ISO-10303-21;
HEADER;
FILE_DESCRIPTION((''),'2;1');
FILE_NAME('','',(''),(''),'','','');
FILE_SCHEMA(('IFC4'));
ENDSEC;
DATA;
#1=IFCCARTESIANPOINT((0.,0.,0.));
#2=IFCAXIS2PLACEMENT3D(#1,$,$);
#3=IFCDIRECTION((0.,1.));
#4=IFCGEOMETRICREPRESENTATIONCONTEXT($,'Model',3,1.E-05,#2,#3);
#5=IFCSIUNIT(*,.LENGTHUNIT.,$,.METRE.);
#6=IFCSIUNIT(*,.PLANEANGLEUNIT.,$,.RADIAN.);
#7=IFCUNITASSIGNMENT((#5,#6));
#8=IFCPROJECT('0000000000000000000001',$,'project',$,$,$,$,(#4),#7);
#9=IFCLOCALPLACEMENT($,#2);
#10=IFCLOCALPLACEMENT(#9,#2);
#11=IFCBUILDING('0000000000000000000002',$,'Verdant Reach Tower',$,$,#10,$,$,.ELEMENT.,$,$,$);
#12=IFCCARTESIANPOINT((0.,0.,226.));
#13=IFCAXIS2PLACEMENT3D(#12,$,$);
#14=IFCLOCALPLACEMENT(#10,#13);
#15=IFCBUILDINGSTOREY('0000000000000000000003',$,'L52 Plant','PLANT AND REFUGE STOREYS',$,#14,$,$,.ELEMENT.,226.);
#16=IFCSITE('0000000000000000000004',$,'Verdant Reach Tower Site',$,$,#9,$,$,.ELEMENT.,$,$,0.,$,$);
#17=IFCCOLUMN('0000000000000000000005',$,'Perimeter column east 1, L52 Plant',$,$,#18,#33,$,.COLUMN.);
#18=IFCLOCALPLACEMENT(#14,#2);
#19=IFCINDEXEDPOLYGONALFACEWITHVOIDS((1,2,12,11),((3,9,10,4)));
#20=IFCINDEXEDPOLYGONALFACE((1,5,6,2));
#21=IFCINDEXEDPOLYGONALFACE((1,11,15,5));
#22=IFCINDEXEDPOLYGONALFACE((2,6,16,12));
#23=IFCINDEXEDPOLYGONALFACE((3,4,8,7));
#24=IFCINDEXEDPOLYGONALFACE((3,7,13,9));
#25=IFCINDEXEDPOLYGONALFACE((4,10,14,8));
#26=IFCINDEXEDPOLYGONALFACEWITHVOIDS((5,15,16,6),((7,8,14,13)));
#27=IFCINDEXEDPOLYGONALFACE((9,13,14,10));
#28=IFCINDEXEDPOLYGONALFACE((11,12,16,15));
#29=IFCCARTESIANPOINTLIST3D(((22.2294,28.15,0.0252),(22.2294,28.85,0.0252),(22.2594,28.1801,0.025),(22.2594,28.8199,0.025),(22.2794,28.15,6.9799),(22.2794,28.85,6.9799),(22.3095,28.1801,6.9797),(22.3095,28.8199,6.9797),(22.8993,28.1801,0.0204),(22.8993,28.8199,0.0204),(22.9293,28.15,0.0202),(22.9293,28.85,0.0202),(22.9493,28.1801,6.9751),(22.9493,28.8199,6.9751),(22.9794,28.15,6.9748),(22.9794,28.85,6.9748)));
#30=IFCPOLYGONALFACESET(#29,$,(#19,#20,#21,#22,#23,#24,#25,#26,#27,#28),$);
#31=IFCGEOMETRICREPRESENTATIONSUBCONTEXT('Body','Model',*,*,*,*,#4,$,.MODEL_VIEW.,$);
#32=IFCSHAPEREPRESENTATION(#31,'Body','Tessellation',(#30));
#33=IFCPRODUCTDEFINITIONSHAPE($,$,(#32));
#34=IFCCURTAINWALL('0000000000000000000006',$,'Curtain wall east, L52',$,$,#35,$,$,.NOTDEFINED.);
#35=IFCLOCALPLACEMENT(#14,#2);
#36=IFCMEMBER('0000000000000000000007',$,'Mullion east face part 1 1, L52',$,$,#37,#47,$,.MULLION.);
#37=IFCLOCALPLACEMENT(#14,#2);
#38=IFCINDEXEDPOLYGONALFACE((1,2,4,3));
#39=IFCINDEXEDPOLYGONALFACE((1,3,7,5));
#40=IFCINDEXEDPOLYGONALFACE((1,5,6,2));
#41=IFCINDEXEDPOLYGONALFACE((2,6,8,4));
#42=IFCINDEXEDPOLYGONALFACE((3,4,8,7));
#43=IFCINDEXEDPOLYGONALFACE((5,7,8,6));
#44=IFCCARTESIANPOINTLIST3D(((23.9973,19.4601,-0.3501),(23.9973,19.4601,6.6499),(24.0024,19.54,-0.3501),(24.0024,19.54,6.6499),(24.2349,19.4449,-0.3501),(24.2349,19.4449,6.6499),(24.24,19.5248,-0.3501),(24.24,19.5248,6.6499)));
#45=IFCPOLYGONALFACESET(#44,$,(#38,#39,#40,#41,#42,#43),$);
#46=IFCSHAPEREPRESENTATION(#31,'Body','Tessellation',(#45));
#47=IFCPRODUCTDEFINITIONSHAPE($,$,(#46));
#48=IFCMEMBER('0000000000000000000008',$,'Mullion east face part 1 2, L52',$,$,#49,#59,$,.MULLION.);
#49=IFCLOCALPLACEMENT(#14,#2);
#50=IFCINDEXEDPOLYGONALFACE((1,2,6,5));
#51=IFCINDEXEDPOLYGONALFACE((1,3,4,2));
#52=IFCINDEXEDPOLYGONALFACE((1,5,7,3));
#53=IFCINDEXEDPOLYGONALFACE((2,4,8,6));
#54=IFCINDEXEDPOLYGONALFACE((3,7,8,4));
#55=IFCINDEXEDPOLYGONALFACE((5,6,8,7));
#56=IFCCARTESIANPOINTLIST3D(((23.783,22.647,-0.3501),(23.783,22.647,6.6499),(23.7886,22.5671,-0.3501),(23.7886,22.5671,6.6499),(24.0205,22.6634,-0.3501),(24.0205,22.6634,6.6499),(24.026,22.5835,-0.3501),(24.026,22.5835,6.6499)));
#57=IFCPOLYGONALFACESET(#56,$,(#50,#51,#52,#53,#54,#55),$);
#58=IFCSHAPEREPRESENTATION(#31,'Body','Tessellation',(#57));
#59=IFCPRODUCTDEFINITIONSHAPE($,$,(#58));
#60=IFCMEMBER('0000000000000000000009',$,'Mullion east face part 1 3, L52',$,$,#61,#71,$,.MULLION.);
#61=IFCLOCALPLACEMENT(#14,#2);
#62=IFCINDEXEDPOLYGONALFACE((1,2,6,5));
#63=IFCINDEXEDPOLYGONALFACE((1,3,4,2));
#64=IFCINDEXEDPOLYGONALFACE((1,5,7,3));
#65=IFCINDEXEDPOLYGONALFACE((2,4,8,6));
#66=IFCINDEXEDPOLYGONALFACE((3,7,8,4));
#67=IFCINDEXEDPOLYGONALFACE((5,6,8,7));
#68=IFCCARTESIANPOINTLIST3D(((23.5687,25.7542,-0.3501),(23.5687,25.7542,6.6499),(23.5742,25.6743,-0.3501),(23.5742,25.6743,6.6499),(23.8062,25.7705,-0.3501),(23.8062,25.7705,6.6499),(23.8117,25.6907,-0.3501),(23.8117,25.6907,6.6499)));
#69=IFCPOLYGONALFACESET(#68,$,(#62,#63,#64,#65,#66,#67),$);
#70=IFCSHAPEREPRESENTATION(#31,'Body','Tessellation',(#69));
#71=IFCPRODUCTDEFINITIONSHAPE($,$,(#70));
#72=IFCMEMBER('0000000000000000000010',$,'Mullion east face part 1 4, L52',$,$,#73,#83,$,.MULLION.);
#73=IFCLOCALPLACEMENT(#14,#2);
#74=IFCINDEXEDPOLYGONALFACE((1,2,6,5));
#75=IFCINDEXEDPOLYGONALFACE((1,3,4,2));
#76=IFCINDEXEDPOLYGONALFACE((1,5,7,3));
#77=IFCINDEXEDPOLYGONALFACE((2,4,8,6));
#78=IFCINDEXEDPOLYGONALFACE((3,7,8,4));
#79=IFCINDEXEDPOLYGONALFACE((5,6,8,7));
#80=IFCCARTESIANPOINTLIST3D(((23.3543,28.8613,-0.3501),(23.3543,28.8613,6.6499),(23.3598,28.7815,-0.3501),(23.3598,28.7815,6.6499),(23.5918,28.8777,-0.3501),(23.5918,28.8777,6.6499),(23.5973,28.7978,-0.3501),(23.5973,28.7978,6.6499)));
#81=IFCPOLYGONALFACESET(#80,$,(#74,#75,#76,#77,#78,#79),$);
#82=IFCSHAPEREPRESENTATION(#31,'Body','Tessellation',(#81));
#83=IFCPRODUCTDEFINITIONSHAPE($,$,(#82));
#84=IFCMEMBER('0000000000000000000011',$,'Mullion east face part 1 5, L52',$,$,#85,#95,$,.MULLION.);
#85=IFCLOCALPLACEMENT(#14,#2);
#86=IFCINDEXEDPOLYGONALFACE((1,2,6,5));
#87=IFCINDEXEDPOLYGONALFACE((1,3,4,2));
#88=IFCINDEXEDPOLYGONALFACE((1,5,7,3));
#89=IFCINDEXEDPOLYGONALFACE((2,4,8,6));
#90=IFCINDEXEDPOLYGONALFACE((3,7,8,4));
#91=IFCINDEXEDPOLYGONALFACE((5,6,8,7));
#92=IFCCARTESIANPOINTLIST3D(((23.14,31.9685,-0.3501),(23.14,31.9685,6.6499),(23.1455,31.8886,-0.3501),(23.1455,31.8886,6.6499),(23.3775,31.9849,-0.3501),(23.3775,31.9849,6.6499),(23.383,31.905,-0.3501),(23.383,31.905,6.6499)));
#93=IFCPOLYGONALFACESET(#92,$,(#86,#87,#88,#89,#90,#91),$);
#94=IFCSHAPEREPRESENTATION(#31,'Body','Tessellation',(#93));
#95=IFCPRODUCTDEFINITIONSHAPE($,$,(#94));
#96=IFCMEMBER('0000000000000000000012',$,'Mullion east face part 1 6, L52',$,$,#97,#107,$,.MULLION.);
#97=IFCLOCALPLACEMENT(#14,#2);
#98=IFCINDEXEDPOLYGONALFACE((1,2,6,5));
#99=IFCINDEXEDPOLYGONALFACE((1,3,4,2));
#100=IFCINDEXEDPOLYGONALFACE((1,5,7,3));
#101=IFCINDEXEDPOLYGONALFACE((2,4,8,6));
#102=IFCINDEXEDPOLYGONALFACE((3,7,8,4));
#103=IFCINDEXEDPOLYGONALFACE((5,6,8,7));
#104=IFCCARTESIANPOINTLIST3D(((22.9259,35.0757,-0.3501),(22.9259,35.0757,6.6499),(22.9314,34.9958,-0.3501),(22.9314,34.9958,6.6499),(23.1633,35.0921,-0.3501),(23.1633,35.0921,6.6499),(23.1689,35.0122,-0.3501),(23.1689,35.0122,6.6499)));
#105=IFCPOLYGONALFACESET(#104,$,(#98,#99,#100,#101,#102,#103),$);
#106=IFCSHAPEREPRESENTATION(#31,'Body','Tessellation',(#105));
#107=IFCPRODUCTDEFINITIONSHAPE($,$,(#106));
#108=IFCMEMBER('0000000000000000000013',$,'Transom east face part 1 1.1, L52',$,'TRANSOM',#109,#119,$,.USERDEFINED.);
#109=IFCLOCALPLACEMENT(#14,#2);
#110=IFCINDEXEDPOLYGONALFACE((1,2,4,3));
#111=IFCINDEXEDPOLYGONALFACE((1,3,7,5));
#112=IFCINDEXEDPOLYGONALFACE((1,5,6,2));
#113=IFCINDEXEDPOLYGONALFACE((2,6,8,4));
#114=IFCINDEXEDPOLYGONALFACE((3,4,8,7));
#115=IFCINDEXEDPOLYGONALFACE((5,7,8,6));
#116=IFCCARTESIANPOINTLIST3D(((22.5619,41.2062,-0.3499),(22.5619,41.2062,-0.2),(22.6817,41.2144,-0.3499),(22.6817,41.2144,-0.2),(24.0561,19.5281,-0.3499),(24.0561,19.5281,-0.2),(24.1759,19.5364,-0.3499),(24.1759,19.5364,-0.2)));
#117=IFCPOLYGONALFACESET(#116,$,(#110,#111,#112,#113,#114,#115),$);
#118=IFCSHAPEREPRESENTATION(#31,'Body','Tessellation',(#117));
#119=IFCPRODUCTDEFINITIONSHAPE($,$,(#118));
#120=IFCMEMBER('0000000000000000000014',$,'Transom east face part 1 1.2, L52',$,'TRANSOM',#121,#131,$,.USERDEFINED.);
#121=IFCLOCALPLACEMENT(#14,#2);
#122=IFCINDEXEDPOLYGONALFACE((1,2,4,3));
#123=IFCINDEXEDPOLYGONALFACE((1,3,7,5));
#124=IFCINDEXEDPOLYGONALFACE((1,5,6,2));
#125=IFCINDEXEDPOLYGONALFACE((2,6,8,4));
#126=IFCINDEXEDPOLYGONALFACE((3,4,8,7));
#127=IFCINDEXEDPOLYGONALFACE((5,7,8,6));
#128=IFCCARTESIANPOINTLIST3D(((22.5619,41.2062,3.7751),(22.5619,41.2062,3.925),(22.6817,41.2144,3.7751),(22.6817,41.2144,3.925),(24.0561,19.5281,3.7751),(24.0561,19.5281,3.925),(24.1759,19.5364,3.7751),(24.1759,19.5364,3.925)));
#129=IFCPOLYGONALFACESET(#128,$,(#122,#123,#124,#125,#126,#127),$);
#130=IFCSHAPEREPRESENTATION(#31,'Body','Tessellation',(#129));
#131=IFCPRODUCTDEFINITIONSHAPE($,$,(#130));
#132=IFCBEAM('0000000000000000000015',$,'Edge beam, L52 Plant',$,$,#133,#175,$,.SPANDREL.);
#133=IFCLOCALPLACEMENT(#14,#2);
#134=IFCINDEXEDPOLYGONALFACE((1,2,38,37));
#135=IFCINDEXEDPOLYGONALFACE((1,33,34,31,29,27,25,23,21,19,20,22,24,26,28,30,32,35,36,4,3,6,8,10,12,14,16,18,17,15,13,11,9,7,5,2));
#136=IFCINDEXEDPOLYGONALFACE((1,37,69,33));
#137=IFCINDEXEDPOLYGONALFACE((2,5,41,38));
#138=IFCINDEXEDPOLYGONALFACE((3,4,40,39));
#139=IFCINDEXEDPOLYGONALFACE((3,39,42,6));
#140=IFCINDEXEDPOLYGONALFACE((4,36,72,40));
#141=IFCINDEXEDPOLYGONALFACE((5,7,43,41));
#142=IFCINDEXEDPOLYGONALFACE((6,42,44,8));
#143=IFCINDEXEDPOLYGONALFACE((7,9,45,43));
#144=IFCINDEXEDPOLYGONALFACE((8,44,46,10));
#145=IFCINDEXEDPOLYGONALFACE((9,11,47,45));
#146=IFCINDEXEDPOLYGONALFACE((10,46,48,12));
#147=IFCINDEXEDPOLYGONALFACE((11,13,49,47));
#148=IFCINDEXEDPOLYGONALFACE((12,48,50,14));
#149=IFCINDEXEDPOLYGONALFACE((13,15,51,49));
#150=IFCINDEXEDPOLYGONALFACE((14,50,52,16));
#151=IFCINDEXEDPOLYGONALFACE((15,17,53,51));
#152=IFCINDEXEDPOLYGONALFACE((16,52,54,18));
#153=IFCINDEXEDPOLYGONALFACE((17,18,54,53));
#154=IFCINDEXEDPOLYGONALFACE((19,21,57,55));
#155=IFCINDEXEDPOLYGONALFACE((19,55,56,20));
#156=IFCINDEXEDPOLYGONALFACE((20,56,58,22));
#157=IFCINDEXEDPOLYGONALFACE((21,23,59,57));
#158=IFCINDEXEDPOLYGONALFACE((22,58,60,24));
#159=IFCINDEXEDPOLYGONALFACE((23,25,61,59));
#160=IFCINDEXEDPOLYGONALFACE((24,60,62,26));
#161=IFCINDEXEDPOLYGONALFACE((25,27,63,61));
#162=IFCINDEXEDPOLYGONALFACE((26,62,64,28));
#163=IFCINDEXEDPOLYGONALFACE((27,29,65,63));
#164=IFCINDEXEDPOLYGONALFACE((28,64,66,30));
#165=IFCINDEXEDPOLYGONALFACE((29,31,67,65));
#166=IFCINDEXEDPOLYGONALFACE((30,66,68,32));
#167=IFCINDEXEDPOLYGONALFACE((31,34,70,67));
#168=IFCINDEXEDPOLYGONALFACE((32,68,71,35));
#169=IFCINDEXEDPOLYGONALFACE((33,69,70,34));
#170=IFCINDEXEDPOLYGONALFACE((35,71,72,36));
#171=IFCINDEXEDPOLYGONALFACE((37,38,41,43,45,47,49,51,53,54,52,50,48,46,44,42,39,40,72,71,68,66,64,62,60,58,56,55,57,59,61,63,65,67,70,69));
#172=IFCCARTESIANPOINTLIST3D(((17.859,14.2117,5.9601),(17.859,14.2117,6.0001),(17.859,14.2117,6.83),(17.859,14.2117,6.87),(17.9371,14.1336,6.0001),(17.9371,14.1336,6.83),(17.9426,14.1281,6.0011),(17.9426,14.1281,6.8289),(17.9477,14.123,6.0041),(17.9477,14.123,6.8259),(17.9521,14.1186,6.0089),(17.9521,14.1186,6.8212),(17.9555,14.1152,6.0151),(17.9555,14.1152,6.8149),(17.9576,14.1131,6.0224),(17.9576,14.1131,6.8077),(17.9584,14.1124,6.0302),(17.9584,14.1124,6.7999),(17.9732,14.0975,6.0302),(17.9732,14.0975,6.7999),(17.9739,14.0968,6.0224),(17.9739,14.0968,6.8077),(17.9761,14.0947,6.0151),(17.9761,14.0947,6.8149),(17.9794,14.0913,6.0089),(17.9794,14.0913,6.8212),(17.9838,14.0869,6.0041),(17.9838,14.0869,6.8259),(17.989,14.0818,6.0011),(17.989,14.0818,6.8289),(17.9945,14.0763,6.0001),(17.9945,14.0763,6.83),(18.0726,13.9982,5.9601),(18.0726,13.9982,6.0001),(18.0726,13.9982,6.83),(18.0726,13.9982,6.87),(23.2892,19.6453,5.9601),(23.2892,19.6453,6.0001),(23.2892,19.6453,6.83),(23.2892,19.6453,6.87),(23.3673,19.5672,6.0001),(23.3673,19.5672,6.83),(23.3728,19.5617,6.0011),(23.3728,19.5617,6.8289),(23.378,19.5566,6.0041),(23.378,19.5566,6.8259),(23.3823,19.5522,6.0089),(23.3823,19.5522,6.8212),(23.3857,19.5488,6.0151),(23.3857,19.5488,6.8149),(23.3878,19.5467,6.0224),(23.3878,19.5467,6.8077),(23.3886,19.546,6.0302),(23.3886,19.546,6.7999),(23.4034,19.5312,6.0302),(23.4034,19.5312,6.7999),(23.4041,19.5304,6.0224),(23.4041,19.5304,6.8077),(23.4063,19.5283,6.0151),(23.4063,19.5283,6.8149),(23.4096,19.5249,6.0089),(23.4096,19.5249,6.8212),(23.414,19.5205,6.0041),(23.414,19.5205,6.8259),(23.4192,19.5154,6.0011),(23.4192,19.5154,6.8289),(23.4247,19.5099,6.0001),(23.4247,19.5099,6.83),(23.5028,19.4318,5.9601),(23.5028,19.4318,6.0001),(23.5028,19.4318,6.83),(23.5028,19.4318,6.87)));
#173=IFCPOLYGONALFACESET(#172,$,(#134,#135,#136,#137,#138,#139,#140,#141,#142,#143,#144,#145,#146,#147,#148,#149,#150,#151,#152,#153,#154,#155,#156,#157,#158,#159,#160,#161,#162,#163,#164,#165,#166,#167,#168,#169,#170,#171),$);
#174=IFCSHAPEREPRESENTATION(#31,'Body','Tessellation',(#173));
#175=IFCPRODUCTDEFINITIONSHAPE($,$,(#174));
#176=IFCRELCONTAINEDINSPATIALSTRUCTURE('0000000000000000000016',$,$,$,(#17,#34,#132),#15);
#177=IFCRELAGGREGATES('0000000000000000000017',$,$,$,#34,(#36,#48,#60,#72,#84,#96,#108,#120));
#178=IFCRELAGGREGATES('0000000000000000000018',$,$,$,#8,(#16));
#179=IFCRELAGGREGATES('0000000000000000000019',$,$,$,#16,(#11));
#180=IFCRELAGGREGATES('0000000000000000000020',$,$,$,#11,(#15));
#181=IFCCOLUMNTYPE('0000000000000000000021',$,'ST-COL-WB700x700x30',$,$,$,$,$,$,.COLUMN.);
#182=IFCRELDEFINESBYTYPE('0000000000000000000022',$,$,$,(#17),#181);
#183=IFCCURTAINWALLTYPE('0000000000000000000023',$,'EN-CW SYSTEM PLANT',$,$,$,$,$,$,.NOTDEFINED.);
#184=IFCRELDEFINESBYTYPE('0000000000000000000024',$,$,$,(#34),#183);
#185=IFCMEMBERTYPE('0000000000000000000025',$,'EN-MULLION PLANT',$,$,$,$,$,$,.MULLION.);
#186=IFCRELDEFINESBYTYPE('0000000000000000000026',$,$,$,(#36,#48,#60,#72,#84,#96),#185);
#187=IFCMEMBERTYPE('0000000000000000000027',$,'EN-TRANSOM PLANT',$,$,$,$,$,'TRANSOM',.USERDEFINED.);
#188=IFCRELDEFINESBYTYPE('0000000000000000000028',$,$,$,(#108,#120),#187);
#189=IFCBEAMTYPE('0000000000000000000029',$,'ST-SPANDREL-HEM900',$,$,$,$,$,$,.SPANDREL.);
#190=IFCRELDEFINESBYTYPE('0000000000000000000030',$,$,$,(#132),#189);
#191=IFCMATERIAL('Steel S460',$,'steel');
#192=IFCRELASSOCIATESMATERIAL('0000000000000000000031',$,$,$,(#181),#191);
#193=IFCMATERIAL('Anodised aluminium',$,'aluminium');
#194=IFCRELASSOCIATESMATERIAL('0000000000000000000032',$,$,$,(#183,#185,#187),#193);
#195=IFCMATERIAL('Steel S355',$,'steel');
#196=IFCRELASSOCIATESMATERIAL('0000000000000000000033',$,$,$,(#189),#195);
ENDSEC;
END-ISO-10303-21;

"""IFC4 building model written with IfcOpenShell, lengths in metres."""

from ifc_helpers import new_model, si_unit, direction, frame, origin, origin_2d, place, context, subcontext, project, spatial, rectangle, hollow_rectangle, i_section, extrude, material, material_profile, profile_set, type_object, element, aggregate, save


model = new_model("IFC4")

# Units and contexts
model_context = context("Model", 3, precision=1e-05, world=origin(), true_north=direction((0.0, 1.0)))
body_context = subcontext(model_context, "Body", "Model", "MODEL_VIEW")
ifc_project = project(units=[si_unit("LENGTHUNIT", "METRE"), si_unit("PLANEANGLEUNIT", "RADIAN")], contexts=[model_context])

# Site, building, storey
site_placement = place(None, origin())
site = spatial("IfcSite", under=ifc_project, at=site_placement, Name="Verdant Reach Tower Site", CompositionType="ELEMENT", RefElevation=0.0)
building_placement = place(site_placement, origin())
building = spatial("IfcBuilding", under=site, at=building_placement, Name="Verdant Reach Tower", CompositionType="ELEMENT")
storey_placement = place(building_placement, frame((0.0, 0.0, 226.0)))
storey = spatial("IfcBuildingStorey", under=building, at=storey_placement, Name="L52 Plant", Description="PLANT AND REFUGE STOREYS", CompositionType="ELEMENT", Elevation=226.0)

# Column
ifc_material_1 = material(Name="Steel S460", Category="steel")
ifc_material_profile_1 = material_profile(ifc_material_1, hollow_rectangle(XDim=0.7, YDim=0.7, WallThickness=0.03, at=origin_2d()), Name="WB 700x700x30")
ifc_profile_set_1 = profile_set([ifc_material_profile_1], Name="Steel S460")
column_type = type_object("IfcColumnType", Name="ST-COL-WB700x700x30", PredefinedType="COLUMN", material=ifc_profile_set_1)
column_placement = place(storey_placement, frame((22.5793, 28.5, 0.0227), z_axis=(0.007196, 0.0, 0.999974), x_axis=(0.0, 1.0, 0.0)))
element("IfcColumn", 1, at=column_placement, inside=storey, type_object=column_type, Name="Perimeter column east 1, L52 Plant", PredefinedType="COLUMN", context=body_context, shape_type="SweptSolid", body=[
    extrude(hollow_rectangle(XDim=0.7, YDim=0.7, WallThickness=0.03, at=origin_2d()), origin(), (0.0, 0.0, 1.0), 6.9548),
])

# Curtain wall, members
ifc_material_2 = material(Name="Anodised aluminium", Category="aluminium")
curtain_wall_type = type_object("IfcCurtainWallType", Name="EN-CW SYSTEM PLANT", PredefinedType="NOTDEFINED", material=ifc_material_2)
curtain_wall_placement = place(storey_placement, origin())
curtain_wall = element("IfcCurtainWall", 2, at=curtain_wall_placement, inside=storey, type_object=curtain_wall_type, Name="Curtain wall east, L52", PredefinedType="NOTDEFINED")
ifc_material_profile_2 = material_profile(ifc_material_2, rectangle(XDim=0.238, YDim=0.0801, at=origin_2d()), Name="Mullion 80x240")
ifc_profile_set_2 = profile_set([ifc_material_profile_2], Name="Anodised aluminium")
member_type_1 = type_object("IfcMemberType", Name="EN-MULLION PLANT", PredefinedType="MULLION", material=ifc_profile_set_2)
member_1_placement = place(storey_placement, frame((24.1187, 19.4924, -0.3501), z_axis=(0.0, 0.0, 1.0), x_axis=(0.997969, -0.063699, 0.0)))
member_1 = element("IfcMember", 3, at=member_1_placement, type_object=member_type_1, Name="Mullion east face part 1 1, L52", PredefinedType="MULLION", context=body_context, shape_type="SweptSolid", body=[
    extrude(rectangle(XDim=0.238, YDim=0.0801, at=origin_2d()), origin(), (0.0, 0.0, 1.0), 7.0),
])
member_2_placement = place(storey_placement, frame((23.9045, 22.6152, -0.3501), z_axis=(0.0, 0.0, 1.0), x_axis=(0.99763, 0.068802, 0.0)))
member_2 = element("IfcMember", 4, at=member_2_placement, type_object=member_type_1, Name="Mullion east face part 1 2, L52", PredefinedType="MULLION", context=body_context, shape_type="SweptSolid", body=[
    extrude(rectangle(XDim=0.238, YDim=0.0801, at=origin_2d()), origin(), (0.0, 0.0, 1.0), 7.0),
])
member_3_placement = place(storey_placement, frame((23.6902, 25.7224, -0.3501), z_axis=(0.0, 0.0, 1.0), x_axis=(0.99763, 0.068802, 0.0)))
member_3 = element("IfcMember", 5, at=member_3_placement, type_object=member_type_1, Name="Mullion east face part 1 3, L52", PredefinedType="MULLION", context=body_context, shape_type="SweptSolid", body=[
    extrude(rectangle(XDim=0.238, YDim=0.0801, at=origin_2d()), origin(), (0.0, 0.0, 1.0), 7.0),
])
member_4_placement = place(storey_placement, frame((23.4758, 28.8296, -0.3501), z_axis=(0.0, 0.0, 1.0), x_axis=(0.99763, 0.068802, 0.0)))
member_4 = element("IfcMember", 6, at=member_4_placement, type_object=member_type_1, Name="Mullion east face part 1 4, L52", PredefinedType="MULLION", context=body_context, shape_type="SweptSolid", body=[
    extrude(rectangle(XDim=0.238, YDim=0.0801, at=origin_2d()), origin(), (0.0, 0.0, 1.0), 7.0),
])
member_5_placement = place(storey_placement, frame((23.2615, 31.9368, -0.3501), z_axis=(0.0, 0.0, 1.0), x_axis=(0.99763, 0.068802, 0.0)))
member_5 = element("IfcMember", 7, at=member_5_placement, type_object=member_type_1, Name="Mullion east face part 1 5, L52", PredefinedType="MULLION", context=body_context, shape_type="SweptSolid", body=[
    extrude(rectangle(XDim=0.238, YDim=0.0801, at=origin_2d()), origin(), (0.0, 0.0, 1.0), 7.0),
])
member_6_placement = place(storey_placement, frame((23.0474, 35.0439, -0.3501), z_axis=(0.0, 0.0, 1.0), x_axis=(0.99763, 0.068802, 0.0)))
member_6 = element("IfcMember", 8, at=member_6_placement, type_object=member_type_1, Name="Mullion east face part 1 6, L52", PredefinedType="MULLION", context=body_context, shape_type="SweptSolid", body=[
    extrude(rectangle(XDim=0.238, YDim=0.0801, at=origin_2d()), origin(), (0.0, 0.0, 1.0), 7.0),
])
ifc_material_profile_3 = material_profile(ifc_material_2, rectangle(XDim=0.1201, YDim=0.1499, at=origin_2d()), Name="Transom 150x120")
ifc_profile_set_3 = profile_set([ifc_material_profile_3], Name="Anodised aluminium")
member_type_2 = type_object("IfcMemberType", Name="EN-TRANSOM PLANT", ElementType="TRANSOM", PredefinedType="USERDEFINED", material=ifc_profile_set_3)
member_7_placement = place(storey_placement, frame((24.116, 19.5322, -0.2749), z_axis=(-0.068761, 0.997633, 0.0), x_axis=(-0.997633, -0.068761, 0.0)))
member_7 = element("IfcMember", 9, at=member_7_placement, type_object=member_type_2, Name="Transom east face part 1 1.1, L52", ObjectType="TRANSOM", PredefinedType="USERDEFINED", context=body_context, shape_type="SweptSolid", body=[
    extrude(rectangle(XDim=0.1201, YDim=0.1499, at=origin_2d()), origin(), (0.0, 0.0, 1.0), 21.7295),
])
member_8_placement = place(storey_placement, frame((24.116, 19.5322, 3.8501), z_axis=(-0.068761, 0.997633, 0.0), x_axis=(-0.997633, -0.068761, 0.0)))
member_8 = element("IfcMember", 10, at=member_8_placement, type_object=member_type_2, Name="Transom east face part 1 1.2, L52", ObjectType="TRANSOM", PredefinedType="USERDEFINED", context=body_context, shape_type="SweptSolid", body=[
    extrude(rectangle(XDim=0.1201, YDim=0.1499, at=origin_2d()), origin(), (0.0, 0.0, 1.0), 21.7295),
])

# Beam
ifc_material_3 = material(Name="Steel S355", Category="steel")
ifc_material_profile_4 = material_profile(ifc_material_3, i_section(OverallWidth=0.302, OverallDepth=0.9099, WebThickness=0.021, FlangeThickness=0.04, FilletRadius=0.03, at=origin_2d()), Name="HEM 900")
ifc_profile_set_4 = profile_set([ifc_material_profile_4], Name="Steel S355")
beam_type = type_object("IfcBeamType", Name="ST-SPANDREL-HEM900", PredefinedType="SPANDREL", material=ifc_profile_set_4)
beam_placement = place(storey_placement, frame((23.396, 19.5386, 6.415), z_axis=(-0.706884, -0.707329, 0.0), x_axis=(0.707329, -0.706884, 0.0)))
element("IfcBeam", 11, at=beam_placement, inside=storey, type_object=beam_type, Name="Edge beam, L52 Plant", PredefinedType="SPANDREL", context=body_context, shape_type="SweptSolid", body=[
    extrude(i_section(OverallWidth=0.302, OverallDepth=0.9099, WebThickness=0.021, FlangeThickness=0.04, FilletRadius=0.03, at=origin_2d()), origin(), (0.0, 0.0, 1.0), 7.6819),
])

aggregate(curtain_wall, [member_1, member_2, member_3, member_4, member_5, member_6, member_7, member_8])

save(model, "model.ifc")
